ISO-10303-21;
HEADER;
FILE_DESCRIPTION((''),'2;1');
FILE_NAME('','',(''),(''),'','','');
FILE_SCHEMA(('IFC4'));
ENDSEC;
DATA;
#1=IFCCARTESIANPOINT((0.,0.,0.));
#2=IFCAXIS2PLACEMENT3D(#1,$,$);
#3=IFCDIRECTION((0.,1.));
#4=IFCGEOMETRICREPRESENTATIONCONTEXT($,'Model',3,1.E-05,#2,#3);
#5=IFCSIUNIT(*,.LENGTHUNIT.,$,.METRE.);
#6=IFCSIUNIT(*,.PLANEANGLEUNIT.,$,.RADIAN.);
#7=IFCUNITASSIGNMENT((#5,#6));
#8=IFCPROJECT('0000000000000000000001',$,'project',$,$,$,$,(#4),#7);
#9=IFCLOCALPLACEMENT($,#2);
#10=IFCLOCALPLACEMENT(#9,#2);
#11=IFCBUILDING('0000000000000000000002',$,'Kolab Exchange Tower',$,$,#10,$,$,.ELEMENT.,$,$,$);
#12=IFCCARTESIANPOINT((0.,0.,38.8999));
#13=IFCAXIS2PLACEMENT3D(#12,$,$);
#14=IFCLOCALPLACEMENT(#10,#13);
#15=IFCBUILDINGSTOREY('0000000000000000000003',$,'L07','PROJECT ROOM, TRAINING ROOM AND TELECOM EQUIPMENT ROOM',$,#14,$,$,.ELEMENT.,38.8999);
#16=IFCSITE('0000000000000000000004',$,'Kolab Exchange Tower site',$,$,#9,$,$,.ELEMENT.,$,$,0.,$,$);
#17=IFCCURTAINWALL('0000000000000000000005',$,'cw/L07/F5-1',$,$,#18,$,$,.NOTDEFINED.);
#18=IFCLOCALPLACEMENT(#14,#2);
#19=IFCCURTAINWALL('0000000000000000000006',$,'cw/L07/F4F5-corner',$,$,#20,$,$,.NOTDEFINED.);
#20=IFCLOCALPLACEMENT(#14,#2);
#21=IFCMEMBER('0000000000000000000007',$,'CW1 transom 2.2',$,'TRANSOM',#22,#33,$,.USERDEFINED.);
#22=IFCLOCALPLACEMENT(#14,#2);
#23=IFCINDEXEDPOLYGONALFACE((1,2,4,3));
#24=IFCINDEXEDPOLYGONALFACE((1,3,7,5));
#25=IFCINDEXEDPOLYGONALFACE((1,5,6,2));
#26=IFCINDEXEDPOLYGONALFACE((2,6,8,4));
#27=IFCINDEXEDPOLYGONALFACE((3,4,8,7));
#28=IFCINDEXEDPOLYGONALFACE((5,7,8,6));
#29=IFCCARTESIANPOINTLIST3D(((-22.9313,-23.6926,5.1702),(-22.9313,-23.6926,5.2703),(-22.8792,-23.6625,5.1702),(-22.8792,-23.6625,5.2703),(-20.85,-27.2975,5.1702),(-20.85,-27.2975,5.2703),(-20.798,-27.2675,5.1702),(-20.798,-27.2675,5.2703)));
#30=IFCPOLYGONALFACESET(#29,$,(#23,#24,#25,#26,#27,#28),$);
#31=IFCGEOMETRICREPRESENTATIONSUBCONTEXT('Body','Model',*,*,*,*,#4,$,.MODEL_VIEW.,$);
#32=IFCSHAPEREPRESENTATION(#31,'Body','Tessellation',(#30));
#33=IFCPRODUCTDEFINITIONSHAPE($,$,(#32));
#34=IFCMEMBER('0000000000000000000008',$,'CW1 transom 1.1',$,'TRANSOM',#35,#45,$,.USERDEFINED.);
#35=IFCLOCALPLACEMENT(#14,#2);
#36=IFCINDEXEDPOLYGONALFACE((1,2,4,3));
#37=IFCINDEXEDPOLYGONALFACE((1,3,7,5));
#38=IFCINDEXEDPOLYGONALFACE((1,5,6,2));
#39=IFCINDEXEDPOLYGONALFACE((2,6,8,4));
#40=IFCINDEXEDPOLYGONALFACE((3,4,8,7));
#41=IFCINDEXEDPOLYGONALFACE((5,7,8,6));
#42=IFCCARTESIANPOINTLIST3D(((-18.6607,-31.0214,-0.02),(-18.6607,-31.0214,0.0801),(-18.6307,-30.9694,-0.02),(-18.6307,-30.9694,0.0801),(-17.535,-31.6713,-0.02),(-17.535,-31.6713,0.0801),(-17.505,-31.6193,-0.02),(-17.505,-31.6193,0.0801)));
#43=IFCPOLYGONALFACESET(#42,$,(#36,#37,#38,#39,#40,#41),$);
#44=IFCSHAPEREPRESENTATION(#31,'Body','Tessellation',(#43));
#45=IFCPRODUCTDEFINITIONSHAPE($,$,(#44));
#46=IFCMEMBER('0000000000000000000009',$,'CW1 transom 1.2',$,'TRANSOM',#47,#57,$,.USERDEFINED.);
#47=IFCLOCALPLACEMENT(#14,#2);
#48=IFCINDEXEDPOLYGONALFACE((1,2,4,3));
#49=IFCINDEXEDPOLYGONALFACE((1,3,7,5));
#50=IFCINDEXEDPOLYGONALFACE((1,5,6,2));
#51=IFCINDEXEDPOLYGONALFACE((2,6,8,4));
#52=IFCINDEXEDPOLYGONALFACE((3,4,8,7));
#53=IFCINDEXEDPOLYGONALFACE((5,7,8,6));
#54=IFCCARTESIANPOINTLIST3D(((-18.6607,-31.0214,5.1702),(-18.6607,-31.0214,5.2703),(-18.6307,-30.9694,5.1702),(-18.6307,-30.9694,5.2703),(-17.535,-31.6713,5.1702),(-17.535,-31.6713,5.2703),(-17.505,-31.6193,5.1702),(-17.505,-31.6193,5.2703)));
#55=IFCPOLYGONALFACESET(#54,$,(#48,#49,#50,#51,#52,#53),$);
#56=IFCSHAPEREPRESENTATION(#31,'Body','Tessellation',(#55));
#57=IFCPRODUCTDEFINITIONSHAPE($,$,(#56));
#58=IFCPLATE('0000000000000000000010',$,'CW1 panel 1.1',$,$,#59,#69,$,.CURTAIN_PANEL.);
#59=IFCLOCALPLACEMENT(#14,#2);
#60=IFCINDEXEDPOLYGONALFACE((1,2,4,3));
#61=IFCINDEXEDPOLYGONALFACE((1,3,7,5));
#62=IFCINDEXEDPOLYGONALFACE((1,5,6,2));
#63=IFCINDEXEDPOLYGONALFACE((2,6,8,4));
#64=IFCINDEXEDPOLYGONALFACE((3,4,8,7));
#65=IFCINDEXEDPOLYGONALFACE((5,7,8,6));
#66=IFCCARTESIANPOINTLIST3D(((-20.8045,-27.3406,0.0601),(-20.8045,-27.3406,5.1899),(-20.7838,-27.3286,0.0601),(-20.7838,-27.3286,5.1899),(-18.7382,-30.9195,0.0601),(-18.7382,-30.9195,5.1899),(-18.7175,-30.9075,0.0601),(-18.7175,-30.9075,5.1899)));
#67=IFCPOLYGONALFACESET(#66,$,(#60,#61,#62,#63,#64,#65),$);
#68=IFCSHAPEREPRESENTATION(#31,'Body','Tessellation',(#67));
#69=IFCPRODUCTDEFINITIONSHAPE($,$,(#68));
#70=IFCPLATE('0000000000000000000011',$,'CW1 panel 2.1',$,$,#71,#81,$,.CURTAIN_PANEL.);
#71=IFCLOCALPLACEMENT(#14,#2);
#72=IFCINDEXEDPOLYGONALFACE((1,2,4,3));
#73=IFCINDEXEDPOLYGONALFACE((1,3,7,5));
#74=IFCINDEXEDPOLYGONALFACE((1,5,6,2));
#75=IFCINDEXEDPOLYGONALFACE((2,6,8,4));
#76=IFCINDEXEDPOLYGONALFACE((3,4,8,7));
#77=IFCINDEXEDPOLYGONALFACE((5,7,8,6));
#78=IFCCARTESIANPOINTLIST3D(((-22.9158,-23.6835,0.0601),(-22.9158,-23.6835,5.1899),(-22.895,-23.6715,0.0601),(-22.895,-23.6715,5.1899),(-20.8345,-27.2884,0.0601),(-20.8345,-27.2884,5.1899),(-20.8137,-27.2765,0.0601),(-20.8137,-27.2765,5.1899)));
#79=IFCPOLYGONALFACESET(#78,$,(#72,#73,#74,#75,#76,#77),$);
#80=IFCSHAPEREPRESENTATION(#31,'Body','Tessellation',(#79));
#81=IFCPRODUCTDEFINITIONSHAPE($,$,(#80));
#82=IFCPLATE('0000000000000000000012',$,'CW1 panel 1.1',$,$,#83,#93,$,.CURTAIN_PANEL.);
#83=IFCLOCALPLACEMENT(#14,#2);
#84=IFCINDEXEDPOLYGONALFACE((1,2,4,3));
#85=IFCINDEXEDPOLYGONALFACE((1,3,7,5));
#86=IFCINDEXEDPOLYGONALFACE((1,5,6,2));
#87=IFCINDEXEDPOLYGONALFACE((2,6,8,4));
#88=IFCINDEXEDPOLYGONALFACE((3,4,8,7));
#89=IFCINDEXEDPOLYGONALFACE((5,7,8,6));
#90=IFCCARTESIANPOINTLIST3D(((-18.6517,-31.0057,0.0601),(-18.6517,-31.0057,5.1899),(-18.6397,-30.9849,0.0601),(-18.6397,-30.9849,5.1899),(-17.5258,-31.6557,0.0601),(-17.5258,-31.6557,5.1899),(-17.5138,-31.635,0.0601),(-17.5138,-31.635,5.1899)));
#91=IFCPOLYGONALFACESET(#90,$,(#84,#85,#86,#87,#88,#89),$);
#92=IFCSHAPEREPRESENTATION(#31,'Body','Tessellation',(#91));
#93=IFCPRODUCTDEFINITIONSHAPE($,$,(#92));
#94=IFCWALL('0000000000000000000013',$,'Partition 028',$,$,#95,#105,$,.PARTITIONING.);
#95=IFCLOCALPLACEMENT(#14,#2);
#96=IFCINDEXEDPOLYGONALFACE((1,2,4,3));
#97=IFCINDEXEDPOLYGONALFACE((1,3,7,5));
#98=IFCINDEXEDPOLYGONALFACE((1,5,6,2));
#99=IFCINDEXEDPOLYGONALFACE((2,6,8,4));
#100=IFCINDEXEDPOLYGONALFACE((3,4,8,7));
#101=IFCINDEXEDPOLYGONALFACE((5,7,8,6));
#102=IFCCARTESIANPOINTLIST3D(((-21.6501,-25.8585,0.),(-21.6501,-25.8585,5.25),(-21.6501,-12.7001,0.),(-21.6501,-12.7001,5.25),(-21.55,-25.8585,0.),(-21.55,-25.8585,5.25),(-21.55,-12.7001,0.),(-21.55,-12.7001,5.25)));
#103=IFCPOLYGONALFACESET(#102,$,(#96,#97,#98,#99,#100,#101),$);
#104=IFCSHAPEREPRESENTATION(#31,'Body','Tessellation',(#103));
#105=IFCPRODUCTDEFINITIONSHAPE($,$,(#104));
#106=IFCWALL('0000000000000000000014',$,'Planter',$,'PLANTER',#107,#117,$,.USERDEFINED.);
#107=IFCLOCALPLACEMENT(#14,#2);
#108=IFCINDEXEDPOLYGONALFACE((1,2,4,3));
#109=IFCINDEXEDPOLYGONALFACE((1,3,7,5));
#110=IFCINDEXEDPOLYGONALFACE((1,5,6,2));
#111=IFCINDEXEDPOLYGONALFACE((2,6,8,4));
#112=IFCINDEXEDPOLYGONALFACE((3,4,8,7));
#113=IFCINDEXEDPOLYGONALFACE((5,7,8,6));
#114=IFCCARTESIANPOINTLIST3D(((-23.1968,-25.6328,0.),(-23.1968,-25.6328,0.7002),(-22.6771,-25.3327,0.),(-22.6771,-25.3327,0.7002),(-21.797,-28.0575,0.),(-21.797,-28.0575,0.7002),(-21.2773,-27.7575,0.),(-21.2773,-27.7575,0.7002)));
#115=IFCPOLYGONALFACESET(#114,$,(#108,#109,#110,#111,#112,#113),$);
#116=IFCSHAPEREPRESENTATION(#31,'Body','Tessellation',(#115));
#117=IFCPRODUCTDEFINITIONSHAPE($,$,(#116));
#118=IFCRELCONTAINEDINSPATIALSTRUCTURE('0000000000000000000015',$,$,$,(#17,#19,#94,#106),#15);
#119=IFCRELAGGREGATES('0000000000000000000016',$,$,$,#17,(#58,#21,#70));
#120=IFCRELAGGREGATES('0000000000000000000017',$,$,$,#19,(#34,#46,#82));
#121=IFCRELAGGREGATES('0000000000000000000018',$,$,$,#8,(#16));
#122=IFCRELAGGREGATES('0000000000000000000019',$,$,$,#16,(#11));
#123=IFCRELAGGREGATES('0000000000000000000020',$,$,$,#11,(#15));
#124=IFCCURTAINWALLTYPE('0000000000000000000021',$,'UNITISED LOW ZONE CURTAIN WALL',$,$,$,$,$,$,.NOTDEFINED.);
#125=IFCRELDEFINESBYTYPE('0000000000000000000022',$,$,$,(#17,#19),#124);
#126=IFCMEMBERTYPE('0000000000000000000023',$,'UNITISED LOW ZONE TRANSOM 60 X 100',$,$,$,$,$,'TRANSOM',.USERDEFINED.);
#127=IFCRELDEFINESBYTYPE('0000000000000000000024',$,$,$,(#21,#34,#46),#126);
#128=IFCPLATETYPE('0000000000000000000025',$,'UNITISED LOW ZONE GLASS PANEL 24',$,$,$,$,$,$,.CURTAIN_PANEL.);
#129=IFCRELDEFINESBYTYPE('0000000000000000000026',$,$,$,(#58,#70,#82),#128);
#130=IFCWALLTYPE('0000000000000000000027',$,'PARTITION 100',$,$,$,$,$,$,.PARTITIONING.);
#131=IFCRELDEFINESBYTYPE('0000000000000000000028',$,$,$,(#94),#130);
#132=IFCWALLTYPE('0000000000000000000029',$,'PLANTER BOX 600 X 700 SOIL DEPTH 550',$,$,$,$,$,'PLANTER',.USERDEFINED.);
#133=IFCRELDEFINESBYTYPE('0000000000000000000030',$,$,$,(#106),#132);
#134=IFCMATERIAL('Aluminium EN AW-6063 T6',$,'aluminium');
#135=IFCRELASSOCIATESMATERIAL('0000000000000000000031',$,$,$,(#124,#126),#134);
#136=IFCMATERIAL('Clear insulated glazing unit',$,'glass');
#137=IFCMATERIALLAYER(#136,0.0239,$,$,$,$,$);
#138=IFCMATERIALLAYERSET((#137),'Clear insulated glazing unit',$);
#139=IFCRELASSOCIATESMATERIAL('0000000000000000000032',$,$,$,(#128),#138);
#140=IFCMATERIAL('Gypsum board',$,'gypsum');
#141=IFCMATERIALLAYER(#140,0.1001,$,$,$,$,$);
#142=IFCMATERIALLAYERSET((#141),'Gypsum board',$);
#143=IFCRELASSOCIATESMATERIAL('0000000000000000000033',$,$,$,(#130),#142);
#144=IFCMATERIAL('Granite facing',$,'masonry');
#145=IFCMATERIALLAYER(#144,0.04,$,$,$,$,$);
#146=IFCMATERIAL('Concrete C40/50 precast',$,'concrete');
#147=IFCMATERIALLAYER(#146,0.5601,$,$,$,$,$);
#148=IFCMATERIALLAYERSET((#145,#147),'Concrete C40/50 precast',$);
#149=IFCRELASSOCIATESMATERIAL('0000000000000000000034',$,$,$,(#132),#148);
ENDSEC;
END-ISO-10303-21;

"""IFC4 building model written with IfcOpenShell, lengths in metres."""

from ifc_helpers import new_model, si_unit, direction, frame, frame_2d, origin, origin_2d, place, context, subcontext, project, spatial, rectangle, extrude, material, layer, layer_set, material_profile, profile_set, type_object, element, aggregate, save


model = new_model("IFC4")

# Units and contexts
model_context = context("Model", 3, precision=1e-05, world=origin(), true_north=direction((0.0, 1.0)))
body_context = subcontext(model_context, "Body", "Model", "MODEL_VIEW")
ifc_project = project(units=[si_unit("LENGTHUNIT", "METRE"), si_unit("PLANEANGLEUNIT", "RADIAN")], contexts=[model_context])

# Site, building, storey
site_placement = place(None, origin())
site = spatial("IfcSite", under=ifc_project, at=site_placement, Name="Kolab Exchange Tower site", CompositionType="ELEMENT", RefElevation=0.0)
building_placement = place(site_placement, origin())
building = spatial("IfcBuilding", under=site, at=building_placement, Name="Kolab Exchange Tower", CompositionType="ELEMENT")
storey_placement = place(building_placement, frame((0.0, 0.0, 38.8999)))
storey = spatial("IfcBuildingStorey", under=building, at=storey_placement, Name="L07", Description="PROJECT ROOM, TRAINING ROOM AND TELECOM EQUIPMENT ROOM", CompositionType="ELEMENT", Elevation=38.8999)

# Shared definitions
ifc_material_1 = material(Name="Aluminium EN AW-6063 T6", Category="aluminium")
curtain_wall_type = type_object("IfcCurtainWallType", Name="UNITISED LOW ZONE CURTAIN WALL", PredefinedType="NOTDEFINED", material=ifc_material_1)

# Curtain walls
curtain_wall_1_placement = place(storey_placement, origin())
curtain_wall_1 = element("IfcCurtainWall", 1, at=curtain_wall_1_placement, inside=storey, type_object=curtain_wall_type, Name="cw/L07/F5-1", PredefinedType="NOTDEFINED")
curtain_wall_2_placement = place(storey_placement, origin())
curtain_wall_2 = element("IfcCurtainWall", 2, at=curtain_wall_2_placement, inside=storey, type_object=curtain_wall_type, Name="cw/L07/F4F5-corner", PredefinedType="NOTDEFINED")

# Members
ifc_material_profile_1 = material_profile(ifc_material_1, rectangle(XDim=0.0601, YDim=0.1001, at=origin_2d()), Name="RECT 60X100")
ifc_profile_set_1 = profile_set([ifc_material_profile_1], Name="Aluminium EN AW-6063 T6")
member_type_1 = type_object("IfcMemberType", Name="UNITISED LOW ZONE TRANSOM 60 X 100", ElementType="TRANSOM", PredefinedType="USERDEFINED", material=ifc_profile_set_1)
member_1_placement = place(storey_placement, frame((-20.824, -27.2825, 5.2202), z_axis=(-0.499993, 0.866029, 0.0), x_axis=(-0.866029, -0.499993, 0.0)))
member_1 = element("IfcMember", 3, at=member_1_placement, type_object=member_type_1, Name="CW1 transom 2.2", ObjectType="TRANSOM", PredefinedType="USERDEFINED", context=body_context, shape_type="SweptSolid", body=[
    extrude(rectangle(XDim=0.0601, YDim=0.1001, at=origin_2d()), origin(), (0.0, 0.0, 1.0), 4.1626),
])
member_2_placement = place(storey_placement, frame((-17.52, -31.6453, 0.03), z_axis=(-0.866039, 0.499977, 0.0), x_axis=(-0.499977, -0.866039, 0.0)))
member_2 = element("IfcMember", 4, at=member_2_placement, type_object=member_type_1, Name="CW1 transom 1.1", ObjectType="TRANSOM", PredefinedType="USERDEFINED", context=body_context, shape_type="SweptSolid", body=[
    extrude(rectangle(XDim=0.0601, YDim=0.1001, at=origin_2d()), origin(), (0.0, 0.0, 1.0), 1.2998),
])
member_3_placement = place(storey_placement, frame((-17.52, -31.6453, 5.2202), z_axis=(-0.866039, 0.499977, 0.0), x_axis=(-0.499977, -0.866039, 0.0)))
member_3 = element("IfcMember", 5, at=member_3_placement, type_object=member_type_1, Name="CW1 transom 1.2", ObjectType="TRANSOM", PredefinedType="USERDEFINED", context=body_context, shape_type="SweptSolid", body=[
    extrude(rectangle(XDim=0.0601, YDim=0.1001, at=origin_2d()), origin(), (0.0, 0.0, 1.0), 1.2998),
])

# Plates
ifc_material_2 = material(Name="Clear insulated glazing unit", Category="glass")
ifc_layer_1 = layer(ifc_material_2, 0.0239)
ifc_layer_set_1 = layer_set([ifc_layer_1], Name="Clear insulated glazing unit")
plate_type = type_object("IfcPlateType", Name="UNITISED LOW ZONE GLASS PANEL 24", PredefinedType="CURTAIN_PANEL", material=ifc_layer_set_1)
plate_1_placement = place(storey_placement, frame((-19.761, -29.124, 0.0601), z_axis=(0.0, 0.0, 1.0), x_axis=(-0.5, 0.866025, 0.0)))
plate_1 = element("IfcPlate", 6, at=plate_1_placement, type_object=plate_type, Name="CW1 panel 1.1", PredefinedType="CURTAIN_PANEL", context=body_context, shape_type="SweptSolid", body=[
    extrude(rectangle(XDim=4.1326, YDim=0.0239, at=origin_2d()), origin(), (0.0, 0.0, 1.0), 5.1299),
])
plate_2_placement = place(storey_placement, frame((-21.8647, -25.48, 0.0601), z_axis=(0.0, 0.0, 1.0), x_axis=(-0.5, 0.866025, 0.0)))
plate_2 = element("IfcPlate", 7, at=plate_2_placement, type_object=plate_type, Name="CW1 panel 2.1", PredefinedType="CURTAIN_PANEL", context=body_context, shape_type="SweptSolid", body=[
    extrude(rectangle(XDim=4.1626, YDim=0.0239, at=origin_2d()), origin(), (0.0, 0.0, 1.0), 5.1299),
])
aggregate(curtain_wall_1, [plate_1, member_1, plate_2])
plate_3_placement = place(storey_placement, frame((-18.0828, -31.3203, 0.0601), z_axis=(0.0, 0.0, 1.0), x_axis=(-0.866025, 0.5, 0.0)))
plate_3 = element("IfcPlate", 8, at=plate_3_placement, type_object=plate_type, Name="CW1 panel 1.1", PredefinedType="CURTAIN_PANEL", context=body_context, shape_type="SweptSolid", body=[
    extrude(rectangle(XDim=1.3, YDim=0.0239, at=origin_2d()), origin(), (0.0, 0.0, 1.0), 5.1299),
])
aggregate(curtain_wall_2, [member_2, member_3, plate_3])

# Walls
ifc_material_3 = material(Name="Gypsum board", Category="gypsum")
ifc_layer_2 = layer(ifc_material_3, 0.1001)
ifc_layer_set_2 = layer_set([ifc_layer_2], Name="Gypsum board")
wall_type_1 = type_object("IfcWallType", Name="PARTITION 100", PredefinedType="PARTITIONING", material=ifc_layer_set_2)
wall_1_placement = place(storey_placement, frame((-21.6001, -25.8584, 0.0), z_axis=(0.0, 0.0, 1.0), x_axis=(0.0, 1.0, 0.0)))
element("IfcWall", 9, at=wall_1_placement, inside=storey, type_object=wall_type_1, Name="Partition 028", PredefinedType="PARTITIONING", context=body_context, shape_type="SweptSolid", body=[
    extrude(rectangle(XDim=13.1584, YDim=0.1001, at=frame_2d((6.5791, 0.0))), origin(), (0.0, 0.0, 1.0), 5.25),
])
ifc_material_4 = material(Name="Granite facing", Category="masonry")
ifc_layer_3 = layer(ifc_material_4, 0.04)
ifc_material_5 = material(Name="Concrete C40/50 precast", Category="concrete")
ifc_layer_4 = layer(ifc_material_5, 0.5601)
ifc_layer_set_3 = layer_set([ifc_layer_3, ifc_layer_4], Name="Concrete C40/50 precast")
wall_type_2 = type_object("IfcWallType", Name="PLANTER BOX 600 X 700 SOIL DEPTH 550", ElementType="PLANTER", PredefinedType="USERDEFINED", material=ifc_layer_set_3)
wall_2_placement = place(storey_placement, frame((-21.5371, -27.9075, 0.0), z_axis=(0.0, 0.0, 1.0), x_axis=(-0.499984, 0.866035, 0.0)))
element("IfcWall", 10, at=wall_2_placement, inside=storey, type_object=wall_type_2, Name="Planter", ObjectType="PLANTER", PredefinedType="USERDEFINED", context=body_context, shape_type="SweptSolid", body=[
    extrude(rectangle(XDim=2.7998, YDim=0.6001, at=frame_2d((1.3999, 0.0))), origin(), (0.0, 0.0, 1.0), 0.7002),
])

save(model, "model.ifc")
